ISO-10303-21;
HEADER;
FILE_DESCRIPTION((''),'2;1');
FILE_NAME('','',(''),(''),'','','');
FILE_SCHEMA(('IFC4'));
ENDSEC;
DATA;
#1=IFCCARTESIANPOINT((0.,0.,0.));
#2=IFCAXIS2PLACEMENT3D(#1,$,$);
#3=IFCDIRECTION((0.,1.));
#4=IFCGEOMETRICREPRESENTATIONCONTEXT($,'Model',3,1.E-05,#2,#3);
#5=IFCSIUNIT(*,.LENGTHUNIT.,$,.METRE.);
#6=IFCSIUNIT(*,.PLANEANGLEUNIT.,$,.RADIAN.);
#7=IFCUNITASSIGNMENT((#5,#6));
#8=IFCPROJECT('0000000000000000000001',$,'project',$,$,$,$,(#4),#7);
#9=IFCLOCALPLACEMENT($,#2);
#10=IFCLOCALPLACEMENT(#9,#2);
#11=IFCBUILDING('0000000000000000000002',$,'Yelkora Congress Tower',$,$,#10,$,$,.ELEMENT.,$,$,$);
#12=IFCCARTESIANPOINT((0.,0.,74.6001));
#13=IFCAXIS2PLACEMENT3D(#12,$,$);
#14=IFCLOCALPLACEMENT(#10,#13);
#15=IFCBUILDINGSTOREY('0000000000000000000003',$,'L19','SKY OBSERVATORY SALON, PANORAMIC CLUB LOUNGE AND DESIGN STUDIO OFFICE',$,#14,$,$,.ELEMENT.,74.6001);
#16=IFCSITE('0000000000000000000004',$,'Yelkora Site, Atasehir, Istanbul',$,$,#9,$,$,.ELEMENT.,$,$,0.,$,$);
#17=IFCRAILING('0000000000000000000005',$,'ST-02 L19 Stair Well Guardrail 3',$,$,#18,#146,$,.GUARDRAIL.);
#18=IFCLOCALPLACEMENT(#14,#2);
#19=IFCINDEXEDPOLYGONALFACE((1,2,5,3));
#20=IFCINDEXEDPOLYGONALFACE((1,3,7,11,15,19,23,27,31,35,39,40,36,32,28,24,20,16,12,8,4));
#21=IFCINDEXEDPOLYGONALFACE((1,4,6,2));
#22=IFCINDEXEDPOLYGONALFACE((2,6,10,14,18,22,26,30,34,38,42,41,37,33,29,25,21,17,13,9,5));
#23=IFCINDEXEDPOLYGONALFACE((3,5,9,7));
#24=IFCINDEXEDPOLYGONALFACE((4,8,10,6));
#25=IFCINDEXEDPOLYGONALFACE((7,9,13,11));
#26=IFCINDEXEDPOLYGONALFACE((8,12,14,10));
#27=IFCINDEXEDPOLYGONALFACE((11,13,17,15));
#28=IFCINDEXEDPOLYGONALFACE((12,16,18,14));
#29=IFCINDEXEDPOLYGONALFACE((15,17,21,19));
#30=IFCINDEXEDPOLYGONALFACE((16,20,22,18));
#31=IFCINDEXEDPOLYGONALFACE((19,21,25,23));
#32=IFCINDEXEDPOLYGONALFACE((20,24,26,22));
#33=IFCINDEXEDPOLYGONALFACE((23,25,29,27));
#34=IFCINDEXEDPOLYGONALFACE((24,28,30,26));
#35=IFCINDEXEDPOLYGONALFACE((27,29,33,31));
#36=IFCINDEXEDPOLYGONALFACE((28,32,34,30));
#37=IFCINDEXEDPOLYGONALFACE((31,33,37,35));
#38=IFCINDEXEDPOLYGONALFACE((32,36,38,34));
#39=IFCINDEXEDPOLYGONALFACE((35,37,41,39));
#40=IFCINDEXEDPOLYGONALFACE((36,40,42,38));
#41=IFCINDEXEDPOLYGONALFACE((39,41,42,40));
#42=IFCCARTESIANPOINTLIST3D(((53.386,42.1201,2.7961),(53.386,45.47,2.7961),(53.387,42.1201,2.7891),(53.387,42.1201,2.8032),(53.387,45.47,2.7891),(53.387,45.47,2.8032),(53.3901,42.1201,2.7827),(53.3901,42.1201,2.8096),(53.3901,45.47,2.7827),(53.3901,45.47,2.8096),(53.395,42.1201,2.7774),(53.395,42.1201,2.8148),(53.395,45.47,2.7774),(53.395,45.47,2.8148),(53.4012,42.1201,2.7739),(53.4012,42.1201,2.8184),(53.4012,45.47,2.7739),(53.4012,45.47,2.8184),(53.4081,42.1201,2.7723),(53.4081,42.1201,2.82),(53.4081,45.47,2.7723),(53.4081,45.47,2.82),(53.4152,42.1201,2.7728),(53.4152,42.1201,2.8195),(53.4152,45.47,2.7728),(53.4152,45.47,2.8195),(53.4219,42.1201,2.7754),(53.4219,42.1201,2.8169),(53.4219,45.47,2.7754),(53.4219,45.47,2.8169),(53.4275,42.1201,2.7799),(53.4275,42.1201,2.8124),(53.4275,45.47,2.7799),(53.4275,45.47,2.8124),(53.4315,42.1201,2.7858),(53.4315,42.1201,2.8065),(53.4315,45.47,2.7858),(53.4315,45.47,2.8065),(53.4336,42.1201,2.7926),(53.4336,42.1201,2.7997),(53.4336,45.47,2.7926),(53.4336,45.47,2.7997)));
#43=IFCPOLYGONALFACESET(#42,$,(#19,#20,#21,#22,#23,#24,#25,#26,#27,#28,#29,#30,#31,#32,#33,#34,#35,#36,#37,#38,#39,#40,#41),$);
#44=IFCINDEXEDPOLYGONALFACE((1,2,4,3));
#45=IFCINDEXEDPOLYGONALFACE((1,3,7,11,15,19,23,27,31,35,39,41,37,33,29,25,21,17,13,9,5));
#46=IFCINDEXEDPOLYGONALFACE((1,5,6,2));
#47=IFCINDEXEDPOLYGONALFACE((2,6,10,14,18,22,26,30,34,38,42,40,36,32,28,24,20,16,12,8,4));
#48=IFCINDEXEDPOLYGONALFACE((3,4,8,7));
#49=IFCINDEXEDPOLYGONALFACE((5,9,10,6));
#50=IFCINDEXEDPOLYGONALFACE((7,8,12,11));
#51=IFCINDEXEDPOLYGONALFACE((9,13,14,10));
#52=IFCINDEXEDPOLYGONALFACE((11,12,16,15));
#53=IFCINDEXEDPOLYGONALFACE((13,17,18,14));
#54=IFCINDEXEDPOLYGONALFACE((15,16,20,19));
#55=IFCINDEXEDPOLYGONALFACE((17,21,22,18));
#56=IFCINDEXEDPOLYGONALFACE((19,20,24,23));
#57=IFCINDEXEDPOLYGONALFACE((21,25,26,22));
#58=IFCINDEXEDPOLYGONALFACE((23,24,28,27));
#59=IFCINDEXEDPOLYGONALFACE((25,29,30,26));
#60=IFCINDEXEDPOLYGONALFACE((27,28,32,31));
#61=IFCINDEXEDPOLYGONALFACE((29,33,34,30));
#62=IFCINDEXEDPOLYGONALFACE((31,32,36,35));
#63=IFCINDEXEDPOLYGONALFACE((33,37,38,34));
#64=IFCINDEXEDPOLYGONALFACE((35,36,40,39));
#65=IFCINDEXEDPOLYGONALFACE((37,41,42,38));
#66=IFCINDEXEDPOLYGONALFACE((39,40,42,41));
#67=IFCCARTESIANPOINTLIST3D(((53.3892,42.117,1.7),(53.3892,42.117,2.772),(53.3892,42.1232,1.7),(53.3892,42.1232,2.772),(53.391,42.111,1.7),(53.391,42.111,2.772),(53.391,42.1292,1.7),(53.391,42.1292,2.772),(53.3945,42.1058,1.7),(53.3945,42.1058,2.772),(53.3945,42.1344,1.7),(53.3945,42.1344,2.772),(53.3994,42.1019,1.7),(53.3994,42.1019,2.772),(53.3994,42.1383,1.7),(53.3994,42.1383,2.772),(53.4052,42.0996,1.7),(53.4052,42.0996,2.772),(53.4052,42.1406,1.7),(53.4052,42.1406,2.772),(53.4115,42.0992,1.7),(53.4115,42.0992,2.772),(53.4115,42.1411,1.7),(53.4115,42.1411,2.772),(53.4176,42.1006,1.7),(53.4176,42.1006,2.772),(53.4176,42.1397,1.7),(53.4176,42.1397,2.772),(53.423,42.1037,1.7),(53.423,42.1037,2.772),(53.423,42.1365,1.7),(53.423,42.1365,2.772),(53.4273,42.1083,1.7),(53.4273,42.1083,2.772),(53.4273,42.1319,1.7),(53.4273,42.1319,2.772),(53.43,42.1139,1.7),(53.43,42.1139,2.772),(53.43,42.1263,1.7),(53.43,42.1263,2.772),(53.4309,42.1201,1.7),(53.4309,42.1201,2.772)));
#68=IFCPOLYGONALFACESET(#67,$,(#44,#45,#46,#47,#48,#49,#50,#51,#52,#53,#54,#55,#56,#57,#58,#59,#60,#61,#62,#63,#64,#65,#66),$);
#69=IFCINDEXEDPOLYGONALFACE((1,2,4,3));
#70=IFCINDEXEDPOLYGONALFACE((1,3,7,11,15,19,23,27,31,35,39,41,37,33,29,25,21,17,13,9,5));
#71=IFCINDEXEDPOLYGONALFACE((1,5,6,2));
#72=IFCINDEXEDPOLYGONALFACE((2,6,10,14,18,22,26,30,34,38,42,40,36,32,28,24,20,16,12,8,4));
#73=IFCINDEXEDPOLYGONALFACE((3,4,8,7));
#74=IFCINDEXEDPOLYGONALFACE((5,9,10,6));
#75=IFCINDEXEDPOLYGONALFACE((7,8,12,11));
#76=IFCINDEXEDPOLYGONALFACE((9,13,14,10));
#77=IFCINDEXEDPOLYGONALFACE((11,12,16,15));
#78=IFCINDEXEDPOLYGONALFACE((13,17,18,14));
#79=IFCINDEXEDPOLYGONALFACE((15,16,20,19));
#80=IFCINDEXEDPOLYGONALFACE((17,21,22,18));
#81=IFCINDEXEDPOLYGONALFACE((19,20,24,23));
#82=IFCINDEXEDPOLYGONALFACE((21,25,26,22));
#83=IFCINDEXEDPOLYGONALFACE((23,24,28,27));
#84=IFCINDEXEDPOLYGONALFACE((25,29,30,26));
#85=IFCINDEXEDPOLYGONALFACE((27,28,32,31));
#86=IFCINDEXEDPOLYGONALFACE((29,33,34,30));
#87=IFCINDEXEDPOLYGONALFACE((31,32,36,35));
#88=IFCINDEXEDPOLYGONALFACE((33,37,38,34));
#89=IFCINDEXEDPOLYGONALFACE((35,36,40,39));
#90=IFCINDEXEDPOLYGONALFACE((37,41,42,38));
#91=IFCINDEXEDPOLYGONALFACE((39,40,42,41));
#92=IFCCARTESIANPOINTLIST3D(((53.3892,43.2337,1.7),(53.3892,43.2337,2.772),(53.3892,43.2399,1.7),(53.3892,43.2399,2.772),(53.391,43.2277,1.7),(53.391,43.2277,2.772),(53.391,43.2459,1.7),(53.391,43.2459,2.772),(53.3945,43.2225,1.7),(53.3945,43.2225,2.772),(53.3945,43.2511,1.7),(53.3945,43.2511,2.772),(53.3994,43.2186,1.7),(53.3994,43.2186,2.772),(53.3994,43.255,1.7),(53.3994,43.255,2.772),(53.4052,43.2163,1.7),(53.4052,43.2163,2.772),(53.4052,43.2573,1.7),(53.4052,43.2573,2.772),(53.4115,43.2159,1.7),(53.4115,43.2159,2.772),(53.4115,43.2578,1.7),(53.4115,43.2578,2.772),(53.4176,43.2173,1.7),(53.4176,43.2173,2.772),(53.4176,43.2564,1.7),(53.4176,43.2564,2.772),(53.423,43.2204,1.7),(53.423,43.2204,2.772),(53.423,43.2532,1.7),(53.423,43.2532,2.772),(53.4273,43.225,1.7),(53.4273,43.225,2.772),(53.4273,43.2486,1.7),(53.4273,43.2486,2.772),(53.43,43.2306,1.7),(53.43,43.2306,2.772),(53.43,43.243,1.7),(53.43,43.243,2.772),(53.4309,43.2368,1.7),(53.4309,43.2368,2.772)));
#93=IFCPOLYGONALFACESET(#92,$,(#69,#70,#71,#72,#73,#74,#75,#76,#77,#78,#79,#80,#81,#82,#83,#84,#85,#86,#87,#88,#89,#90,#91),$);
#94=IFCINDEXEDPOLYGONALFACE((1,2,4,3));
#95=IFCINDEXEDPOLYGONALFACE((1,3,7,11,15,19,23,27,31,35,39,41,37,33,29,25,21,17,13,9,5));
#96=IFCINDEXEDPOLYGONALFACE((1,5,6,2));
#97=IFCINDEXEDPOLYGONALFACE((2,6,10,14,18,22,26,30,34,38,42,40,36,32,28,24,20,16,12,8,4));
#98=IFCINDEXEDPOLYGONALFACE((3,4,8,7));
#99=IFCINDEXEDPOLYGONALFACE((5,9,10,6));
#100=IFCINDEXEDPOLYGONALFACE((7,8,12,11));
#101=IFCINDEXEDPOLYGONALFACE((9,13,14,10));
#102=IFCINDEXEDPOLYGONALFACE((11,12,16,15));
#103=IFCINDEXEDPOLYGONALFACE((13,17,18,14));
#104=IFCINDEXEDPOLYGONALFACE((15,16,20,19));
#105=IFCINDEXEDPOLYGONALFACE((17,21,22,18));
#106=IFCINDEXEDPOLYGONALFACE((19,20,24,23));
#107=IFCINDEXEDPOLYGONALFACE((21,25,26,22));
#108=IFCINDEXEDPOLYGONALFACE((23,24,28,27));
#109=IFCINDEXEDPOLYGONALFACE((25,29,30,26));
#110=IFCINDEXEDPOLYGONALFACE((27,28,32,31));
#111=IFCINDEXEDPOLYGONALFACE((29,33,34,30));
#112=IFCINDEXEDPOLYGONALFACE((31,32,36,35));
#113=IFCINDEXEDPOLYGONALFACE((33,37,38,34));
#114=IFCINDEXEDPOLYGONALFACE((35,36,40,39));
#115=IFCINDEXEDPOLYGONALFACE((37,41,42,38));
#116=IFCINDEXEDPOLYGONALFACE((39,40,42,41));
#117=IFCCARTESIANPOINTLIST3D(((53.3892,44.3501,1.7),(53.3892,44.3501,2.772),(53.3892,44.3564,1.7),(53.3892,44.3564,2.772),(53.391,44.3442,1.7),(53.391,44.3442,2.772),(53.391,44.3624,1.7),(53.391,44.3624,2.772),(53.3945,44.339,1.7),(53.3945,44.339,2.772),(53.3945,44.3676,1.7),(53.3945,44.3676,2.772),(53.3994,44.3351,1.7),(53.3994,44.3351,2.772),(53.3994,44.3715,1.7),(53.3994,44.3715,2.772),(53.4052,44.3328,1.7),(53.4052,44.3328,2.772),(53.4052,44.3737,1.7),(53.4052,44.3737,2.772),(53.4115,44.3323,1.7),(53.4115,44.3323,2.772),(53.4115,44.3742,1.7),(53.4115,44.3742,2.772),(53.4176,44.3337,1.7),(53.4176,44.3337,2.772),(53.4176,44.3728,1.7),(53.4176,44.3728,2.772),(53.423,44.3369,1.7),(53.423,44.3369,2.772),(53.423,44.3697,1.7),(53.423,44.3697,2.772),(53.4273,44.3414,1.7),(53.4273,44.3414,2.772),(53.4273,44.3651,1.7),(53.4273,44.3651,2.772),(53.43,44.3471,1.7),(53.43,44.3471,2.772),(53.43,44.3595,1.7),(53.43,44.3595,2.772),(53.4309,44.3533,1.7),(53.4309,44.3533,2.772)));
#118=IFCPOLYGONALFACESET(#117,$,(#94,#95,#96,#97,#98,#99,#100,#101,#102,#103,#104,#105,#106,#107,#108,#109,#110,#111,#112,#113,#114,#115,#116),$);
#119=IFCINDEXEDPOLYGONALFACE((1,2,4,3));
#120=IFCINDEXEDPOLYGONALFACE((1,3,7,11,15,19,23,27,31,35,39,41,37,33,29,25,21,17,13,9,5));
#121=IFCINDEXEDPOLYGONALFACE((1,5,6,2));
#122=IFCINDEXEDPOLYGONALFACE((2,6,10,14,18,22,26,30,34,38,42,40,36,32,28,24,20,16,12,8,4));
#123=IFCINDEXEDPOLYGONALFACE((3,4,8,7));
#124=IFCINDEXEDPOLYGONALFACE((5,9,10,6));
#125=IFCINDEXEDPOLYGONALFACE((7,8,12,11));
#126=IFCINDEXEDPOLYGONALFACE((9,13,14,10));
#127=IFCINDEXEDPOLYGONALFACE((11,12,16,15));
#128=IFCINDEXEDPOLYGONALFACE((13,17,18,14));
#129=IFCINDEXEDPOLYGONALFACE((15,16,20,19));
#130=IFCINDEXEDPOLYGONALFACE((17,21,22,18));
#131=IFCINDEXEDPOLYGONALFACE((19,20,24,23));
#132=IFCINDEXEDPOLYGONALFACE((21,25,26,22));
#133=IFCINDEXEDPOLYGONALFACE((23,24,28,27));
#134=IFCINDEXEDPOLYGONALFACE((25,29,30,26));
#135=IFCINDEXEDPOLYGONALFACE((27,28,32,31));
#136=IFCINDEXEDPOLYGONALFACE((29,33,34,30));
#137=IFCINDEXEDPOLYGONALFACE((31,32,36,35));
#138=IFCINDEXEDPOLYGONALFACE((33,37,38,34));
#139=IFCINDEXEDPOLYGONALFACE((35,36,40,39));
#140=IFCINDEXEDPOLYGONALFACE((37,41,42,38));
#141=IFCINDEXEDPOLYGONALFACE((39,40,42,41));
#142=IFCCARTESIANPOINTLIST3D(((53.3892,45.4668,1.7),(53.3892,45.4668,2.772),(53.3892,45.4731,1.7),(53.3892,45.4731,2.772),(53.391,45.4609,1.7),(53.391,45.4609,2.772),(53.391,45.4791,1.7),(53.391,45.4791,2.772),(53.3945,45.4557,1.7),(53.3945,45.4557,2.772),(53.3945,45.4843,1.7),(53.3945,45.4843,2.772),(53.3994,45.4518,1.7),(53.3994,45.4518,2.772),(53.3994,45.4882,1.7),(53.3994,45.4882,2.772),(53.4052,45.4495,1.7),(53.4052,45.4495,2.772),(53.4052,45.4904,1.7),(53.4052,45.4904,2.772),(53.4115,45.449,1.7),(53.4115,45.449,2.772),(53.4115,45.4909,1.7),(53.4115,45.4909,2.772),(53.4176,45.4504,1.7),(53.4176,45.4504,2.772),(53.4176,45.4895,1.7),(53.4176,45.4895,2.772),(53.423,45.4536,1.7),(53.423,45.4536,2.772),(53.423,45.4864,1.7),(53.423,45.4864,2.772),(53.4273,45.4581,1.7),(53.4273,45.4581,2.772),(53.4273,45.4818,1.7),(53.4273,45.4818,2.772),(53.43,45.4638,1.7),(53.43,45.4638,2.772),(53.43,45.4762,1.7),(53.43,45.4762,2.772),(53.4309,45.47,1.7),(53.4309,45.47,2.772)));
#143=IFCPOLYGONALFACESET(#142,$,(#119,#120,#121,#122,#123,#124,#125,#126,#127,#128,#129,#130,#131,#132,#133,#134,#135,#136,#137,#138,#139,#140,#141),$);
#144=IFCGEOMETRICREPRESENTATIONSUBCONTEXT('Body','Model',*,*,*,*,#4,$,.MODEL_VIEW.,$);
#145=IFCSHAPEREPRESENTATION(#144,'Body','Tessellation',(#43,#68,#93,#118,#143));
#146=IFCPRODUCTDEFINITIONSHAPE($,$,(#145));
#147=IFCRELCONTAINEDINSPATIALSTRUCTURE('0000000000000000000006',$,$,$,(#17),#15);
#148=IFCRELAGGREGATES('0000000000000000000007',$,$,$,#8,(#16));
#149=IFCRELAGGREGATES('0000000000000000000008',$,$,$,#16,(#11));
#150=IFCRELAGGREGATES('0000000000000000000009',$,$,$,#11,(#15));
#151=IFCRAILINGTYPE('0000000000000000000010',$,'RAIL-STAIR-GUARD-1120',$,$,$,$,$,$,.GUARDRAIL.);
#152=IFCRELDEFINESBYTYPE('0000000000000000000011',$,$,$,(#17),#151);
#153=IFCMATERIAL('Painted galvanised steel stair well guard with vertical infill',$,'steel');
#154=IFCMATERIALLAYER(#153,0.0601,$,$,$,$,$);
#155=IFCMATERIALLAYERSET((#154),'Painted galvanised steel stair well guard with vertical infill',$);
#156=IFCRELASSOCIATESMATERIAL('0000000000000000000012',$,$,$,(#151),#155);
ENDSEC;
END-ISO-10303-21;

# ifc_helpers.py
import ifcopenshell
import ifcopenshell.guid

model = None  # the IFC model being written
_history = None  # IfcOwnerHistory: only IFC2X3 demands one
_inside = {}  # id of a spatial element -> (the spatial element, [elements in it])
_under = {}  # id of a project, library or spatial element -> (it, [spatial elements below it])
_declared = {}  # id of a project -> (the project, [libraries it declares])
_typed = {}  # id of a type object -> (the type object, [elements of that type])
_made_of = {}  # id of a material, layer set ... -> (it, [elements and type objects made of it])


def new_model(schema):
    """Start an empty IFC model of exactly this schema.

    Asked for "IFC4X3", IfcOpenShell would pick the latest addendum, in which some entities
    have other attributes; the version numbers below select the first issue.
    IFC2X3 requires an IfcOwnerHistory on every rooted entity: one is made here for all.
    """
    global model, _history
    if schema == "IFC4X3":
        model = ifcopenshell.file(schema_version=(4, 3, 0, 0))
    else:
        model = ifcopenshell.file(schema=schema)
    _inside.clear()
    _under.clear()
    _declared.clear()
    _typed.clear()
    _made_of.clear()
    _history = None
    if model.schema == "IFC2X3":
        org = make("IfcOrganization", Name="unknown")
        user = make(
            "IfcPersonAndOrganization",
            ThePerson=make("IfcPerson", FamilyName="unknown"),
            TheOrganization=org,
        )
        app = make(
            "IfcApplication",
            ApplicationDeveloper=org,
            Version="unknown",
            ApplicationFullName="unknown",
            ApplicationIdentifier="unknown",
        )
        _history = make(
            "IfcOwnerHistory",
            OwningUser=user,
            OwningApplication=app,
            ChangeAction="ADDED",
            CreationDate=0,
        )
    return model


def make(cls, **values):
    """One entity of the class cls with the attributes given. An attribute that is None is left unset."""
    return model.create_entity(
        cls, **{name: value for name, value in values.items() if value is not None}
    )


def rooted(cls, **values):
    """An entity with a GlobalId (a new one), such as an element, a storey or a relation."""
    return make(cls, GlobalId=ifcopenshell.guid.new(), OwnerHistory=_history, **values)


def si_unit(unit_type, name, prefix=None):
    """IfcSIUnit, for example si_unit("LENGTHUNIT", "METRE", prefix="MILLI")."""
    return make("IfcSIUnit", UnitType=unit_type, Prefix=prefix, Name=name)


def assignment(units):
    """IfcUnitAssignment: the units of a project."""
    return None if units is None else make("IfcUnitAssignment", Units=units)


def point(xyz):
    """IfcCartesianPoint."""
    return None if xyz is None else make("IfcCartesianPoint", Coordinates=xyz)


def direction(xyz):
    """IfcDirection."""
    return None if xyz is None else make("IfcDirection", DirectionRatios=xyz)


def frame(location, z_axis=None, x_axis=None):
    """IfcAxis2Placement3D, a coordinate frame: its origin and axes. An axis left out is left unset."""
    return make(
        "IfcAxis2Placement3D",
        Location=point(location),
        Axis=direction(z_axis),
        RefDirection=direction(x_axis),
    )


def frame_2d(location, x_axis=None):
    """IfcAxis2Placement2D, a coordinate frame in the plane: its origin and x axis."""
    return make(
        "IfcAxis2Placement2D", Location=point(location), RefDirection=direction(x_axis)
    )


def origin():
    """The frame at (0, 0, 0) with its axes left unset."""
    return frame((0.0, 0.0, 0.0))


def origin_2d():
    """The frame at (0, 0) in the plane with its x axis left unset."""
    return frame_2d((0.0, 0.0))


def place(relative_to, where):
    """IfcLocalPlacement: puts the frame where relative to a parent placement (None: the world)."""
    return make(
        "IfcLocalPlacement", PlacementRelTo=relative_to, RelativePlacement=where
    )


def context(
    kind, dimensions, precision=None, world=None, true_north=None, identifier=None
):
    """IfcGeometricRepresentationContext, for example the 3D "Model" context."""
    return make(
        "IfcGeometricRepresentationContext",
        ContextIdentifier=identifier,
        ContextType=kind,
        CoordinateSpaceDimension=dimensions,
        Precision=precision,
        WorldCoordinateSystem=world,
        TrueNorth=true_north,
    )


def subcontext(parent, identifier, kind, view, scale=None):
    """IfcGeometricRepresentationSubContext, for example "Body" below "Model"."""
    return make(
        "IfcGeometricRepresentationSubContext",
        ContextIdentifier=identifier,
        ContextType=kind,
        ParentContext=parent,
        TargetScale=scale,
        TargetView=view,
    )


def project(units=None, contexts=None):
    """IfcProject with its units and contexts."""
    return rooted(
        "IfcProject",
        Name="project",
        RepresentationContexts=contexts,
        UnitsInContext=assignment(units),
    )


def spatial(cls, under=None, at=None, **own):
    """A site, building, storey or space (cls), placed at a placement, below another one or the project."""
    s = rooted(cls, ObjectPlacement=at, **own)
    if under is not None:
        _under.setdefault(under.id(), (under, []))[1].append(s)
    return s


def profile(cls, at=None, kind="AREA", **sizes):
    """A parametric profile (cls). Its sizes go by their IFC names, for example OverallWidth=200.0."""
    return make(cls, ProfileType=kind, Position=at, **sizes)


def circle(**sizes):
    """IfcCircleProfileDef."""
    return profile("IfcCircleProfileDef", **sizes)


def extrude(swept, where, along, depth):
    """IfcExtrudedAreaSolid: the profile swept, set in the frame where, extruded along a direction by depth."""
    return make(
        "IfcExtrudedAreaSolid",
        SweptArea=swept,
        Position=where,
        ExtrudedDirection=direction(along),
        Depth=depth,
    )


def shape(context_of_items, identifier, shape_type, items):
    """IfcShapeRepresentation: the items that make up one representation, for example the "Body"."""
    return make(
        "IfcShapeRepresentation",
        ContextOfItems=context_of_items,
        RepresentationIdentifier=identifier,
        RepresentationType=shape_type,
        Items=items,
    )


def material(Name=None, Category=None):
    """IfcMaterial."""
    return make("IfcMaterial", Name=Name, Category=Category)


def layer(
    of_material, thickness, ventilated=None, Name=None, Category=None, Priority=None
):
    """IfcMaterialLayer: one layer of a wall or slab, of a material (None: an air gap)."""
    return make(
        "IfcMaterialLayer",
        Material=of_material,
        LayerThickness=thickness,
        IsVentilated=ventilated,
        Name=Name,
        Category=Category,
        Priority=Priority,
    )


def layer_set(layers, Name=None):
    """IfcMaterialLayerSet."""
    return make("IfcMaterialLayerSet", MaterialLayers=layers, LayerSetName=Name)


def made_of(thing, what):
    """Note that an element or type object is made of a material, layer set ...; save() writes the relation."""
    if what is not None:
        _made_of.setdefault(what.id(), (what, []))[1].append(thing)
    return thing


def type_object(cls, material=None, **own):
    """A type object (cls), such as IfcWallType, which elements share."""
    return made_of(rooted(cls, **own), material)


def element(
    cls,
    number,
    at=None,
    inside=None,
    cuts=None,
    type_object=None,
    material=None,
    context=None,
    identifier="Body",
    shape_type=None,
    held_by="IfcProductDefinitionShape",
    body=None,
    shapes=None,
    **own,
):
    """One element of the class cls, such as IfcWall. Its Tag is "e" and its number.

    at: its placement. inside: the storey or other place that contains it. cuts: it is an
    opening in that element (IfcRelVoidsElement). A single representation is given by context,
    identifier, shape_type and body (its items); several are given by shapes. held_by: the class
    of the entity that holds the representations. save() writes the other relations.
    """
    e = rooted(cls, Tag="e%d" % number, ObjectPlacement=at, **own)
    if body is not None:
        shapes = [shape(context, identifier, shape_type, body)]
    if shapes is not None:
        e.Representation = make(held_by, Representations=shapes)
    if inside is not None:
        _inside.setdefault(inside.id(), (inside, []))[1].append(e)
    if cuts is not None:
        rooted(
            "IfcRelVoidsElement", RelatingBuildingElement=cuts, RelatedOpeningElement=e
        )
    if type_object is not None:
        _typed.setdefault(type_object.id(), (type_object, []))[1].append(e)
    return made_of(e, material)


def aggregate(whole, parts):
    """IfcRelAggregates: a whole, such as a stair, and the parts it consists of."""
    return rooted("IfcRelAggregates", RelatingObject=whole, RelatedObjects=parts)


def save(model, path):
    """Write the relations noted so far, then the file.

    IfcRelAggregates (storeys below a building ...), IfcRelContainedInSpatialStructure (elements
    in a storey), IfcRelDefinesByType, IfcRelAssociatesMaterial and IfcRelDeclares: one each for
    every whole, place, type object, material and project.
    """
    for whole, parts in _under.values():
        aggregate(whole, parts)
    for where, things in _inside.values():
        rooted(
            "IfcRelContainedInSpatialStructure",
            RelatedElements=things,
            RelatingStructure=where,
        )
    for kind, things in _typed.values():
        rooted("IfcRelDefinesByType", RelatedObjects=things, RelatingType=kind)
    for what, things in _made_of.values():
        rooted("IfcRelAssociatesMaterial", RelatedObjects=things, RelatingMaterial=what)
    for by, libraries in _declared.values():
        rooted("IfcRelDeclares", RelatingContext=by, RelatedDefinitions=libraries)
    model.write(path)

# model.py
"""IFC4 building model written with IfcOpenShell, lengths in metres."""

from ifc_helpers import new_model, si_unit, direction, frame, origin, origin_2d, place, context, subcontext, project, spatial, circle, extrude, material, layer, layer_set, type_object, element, save


model = new_model("IFC4")

# Units and contexts
model_context = context("Model", 3, precision=1e-05, world=origin(), true_north=direction((0.0, 1.0)))
body_context = subcontext(model_context, "Body", "Model", "MODEL_VIEW")
ifc_project = project(units=[si_unit("LENGTHUNIT", "METRE"), si_unit("PLANEANGLEUNIT", "RADIAN")], contexts=[model_context])

# Site, building, storey
site_placement = place(None, origin())
site = spatial("IfcSite", under=ifc_project, at=site_placement, Name="Yelkora Site, Atasehir, Istanbul", CompositionType="ELEMENT", RefElevation=0.0)
building_placement = place(site_placement, origin())
building = spatial("IfcBuilding", under=site, at=building_placement, Name="Yelkora Congress Tower", CompositionType="ELEMENT")
storey_placement = place(building_placement, frame((0.0, 0.0, 74.6001)))
storey = spatial("IfcBuildingStorey", under=building, at=storey_placement, Name="L19", Description="SKY OBSERVATORY SALON, PANORAMIC CLUB LOUNGE AND DESIGN STUDIO OFFICE", CompositionType="ELEMENT", Elevation=74.6001)

# Railing
ifc_material_1 = material(Name="Painted galvanised steel stair well guard with vertical infill", Category="steel")
ifc_layer_1 = layer(ifc_material_1, 0.0601)
ifc_layer_set_1 = layer_set([ifc_layer_1], Name="Painted galvanised steel stair well guard with vertical infill")
railing_type_1 = type_object("IfcRailingType", Name="RAIL-STAIR-GUARD-1120", PredefinedType="GUARDRAIL", material=ifc_layer_set_1)
railing_1_placement = place(storey_placement, frame((53.4099, 42.1201, 1.7)))
element("IfcRailing", 1, at=railing_1_placement, inside=storey, type_object=railing_type_1, Name="ST-02 L19 Stair Well Guardrail 3", PredefinedType="GUARDRAIL", context=body_context, shape_type="SweptSolid", body=[
    extrude(circle(Radius=0.0239, at=origin_2d()), frame((0.0, 0.0, 1.0962), z_axis=(0.0, 1.0, 0.0), x_axis=(-1.0, 0.0, 0.0)), (0.0, 0.0, 1.0), 3.3499),
    extrude(circle(Radius=0.021, at=origin_2d()), origin(), (0.0, 0.0, 1.0), 1.072),
    extrude(circle(Radius=0.021, at=origin_2d()), frame((0.0, 1.1167, 0.0)), (0.0, 0.0, 1.0), 1.072),
    extrude(circle(Radius=0.021, at=origin_2d()), frame((0.0, 2.2332, 0.0)), (0.0, 0.0, 1.0), 1.072),
    extrude(circle(Radius=0.021, at=origin_2d()), frame((0.0, 3.3499, 0.0)), (0.0, 0.0, 1.0), 1.072),
])

save(model, "model.ifc")
